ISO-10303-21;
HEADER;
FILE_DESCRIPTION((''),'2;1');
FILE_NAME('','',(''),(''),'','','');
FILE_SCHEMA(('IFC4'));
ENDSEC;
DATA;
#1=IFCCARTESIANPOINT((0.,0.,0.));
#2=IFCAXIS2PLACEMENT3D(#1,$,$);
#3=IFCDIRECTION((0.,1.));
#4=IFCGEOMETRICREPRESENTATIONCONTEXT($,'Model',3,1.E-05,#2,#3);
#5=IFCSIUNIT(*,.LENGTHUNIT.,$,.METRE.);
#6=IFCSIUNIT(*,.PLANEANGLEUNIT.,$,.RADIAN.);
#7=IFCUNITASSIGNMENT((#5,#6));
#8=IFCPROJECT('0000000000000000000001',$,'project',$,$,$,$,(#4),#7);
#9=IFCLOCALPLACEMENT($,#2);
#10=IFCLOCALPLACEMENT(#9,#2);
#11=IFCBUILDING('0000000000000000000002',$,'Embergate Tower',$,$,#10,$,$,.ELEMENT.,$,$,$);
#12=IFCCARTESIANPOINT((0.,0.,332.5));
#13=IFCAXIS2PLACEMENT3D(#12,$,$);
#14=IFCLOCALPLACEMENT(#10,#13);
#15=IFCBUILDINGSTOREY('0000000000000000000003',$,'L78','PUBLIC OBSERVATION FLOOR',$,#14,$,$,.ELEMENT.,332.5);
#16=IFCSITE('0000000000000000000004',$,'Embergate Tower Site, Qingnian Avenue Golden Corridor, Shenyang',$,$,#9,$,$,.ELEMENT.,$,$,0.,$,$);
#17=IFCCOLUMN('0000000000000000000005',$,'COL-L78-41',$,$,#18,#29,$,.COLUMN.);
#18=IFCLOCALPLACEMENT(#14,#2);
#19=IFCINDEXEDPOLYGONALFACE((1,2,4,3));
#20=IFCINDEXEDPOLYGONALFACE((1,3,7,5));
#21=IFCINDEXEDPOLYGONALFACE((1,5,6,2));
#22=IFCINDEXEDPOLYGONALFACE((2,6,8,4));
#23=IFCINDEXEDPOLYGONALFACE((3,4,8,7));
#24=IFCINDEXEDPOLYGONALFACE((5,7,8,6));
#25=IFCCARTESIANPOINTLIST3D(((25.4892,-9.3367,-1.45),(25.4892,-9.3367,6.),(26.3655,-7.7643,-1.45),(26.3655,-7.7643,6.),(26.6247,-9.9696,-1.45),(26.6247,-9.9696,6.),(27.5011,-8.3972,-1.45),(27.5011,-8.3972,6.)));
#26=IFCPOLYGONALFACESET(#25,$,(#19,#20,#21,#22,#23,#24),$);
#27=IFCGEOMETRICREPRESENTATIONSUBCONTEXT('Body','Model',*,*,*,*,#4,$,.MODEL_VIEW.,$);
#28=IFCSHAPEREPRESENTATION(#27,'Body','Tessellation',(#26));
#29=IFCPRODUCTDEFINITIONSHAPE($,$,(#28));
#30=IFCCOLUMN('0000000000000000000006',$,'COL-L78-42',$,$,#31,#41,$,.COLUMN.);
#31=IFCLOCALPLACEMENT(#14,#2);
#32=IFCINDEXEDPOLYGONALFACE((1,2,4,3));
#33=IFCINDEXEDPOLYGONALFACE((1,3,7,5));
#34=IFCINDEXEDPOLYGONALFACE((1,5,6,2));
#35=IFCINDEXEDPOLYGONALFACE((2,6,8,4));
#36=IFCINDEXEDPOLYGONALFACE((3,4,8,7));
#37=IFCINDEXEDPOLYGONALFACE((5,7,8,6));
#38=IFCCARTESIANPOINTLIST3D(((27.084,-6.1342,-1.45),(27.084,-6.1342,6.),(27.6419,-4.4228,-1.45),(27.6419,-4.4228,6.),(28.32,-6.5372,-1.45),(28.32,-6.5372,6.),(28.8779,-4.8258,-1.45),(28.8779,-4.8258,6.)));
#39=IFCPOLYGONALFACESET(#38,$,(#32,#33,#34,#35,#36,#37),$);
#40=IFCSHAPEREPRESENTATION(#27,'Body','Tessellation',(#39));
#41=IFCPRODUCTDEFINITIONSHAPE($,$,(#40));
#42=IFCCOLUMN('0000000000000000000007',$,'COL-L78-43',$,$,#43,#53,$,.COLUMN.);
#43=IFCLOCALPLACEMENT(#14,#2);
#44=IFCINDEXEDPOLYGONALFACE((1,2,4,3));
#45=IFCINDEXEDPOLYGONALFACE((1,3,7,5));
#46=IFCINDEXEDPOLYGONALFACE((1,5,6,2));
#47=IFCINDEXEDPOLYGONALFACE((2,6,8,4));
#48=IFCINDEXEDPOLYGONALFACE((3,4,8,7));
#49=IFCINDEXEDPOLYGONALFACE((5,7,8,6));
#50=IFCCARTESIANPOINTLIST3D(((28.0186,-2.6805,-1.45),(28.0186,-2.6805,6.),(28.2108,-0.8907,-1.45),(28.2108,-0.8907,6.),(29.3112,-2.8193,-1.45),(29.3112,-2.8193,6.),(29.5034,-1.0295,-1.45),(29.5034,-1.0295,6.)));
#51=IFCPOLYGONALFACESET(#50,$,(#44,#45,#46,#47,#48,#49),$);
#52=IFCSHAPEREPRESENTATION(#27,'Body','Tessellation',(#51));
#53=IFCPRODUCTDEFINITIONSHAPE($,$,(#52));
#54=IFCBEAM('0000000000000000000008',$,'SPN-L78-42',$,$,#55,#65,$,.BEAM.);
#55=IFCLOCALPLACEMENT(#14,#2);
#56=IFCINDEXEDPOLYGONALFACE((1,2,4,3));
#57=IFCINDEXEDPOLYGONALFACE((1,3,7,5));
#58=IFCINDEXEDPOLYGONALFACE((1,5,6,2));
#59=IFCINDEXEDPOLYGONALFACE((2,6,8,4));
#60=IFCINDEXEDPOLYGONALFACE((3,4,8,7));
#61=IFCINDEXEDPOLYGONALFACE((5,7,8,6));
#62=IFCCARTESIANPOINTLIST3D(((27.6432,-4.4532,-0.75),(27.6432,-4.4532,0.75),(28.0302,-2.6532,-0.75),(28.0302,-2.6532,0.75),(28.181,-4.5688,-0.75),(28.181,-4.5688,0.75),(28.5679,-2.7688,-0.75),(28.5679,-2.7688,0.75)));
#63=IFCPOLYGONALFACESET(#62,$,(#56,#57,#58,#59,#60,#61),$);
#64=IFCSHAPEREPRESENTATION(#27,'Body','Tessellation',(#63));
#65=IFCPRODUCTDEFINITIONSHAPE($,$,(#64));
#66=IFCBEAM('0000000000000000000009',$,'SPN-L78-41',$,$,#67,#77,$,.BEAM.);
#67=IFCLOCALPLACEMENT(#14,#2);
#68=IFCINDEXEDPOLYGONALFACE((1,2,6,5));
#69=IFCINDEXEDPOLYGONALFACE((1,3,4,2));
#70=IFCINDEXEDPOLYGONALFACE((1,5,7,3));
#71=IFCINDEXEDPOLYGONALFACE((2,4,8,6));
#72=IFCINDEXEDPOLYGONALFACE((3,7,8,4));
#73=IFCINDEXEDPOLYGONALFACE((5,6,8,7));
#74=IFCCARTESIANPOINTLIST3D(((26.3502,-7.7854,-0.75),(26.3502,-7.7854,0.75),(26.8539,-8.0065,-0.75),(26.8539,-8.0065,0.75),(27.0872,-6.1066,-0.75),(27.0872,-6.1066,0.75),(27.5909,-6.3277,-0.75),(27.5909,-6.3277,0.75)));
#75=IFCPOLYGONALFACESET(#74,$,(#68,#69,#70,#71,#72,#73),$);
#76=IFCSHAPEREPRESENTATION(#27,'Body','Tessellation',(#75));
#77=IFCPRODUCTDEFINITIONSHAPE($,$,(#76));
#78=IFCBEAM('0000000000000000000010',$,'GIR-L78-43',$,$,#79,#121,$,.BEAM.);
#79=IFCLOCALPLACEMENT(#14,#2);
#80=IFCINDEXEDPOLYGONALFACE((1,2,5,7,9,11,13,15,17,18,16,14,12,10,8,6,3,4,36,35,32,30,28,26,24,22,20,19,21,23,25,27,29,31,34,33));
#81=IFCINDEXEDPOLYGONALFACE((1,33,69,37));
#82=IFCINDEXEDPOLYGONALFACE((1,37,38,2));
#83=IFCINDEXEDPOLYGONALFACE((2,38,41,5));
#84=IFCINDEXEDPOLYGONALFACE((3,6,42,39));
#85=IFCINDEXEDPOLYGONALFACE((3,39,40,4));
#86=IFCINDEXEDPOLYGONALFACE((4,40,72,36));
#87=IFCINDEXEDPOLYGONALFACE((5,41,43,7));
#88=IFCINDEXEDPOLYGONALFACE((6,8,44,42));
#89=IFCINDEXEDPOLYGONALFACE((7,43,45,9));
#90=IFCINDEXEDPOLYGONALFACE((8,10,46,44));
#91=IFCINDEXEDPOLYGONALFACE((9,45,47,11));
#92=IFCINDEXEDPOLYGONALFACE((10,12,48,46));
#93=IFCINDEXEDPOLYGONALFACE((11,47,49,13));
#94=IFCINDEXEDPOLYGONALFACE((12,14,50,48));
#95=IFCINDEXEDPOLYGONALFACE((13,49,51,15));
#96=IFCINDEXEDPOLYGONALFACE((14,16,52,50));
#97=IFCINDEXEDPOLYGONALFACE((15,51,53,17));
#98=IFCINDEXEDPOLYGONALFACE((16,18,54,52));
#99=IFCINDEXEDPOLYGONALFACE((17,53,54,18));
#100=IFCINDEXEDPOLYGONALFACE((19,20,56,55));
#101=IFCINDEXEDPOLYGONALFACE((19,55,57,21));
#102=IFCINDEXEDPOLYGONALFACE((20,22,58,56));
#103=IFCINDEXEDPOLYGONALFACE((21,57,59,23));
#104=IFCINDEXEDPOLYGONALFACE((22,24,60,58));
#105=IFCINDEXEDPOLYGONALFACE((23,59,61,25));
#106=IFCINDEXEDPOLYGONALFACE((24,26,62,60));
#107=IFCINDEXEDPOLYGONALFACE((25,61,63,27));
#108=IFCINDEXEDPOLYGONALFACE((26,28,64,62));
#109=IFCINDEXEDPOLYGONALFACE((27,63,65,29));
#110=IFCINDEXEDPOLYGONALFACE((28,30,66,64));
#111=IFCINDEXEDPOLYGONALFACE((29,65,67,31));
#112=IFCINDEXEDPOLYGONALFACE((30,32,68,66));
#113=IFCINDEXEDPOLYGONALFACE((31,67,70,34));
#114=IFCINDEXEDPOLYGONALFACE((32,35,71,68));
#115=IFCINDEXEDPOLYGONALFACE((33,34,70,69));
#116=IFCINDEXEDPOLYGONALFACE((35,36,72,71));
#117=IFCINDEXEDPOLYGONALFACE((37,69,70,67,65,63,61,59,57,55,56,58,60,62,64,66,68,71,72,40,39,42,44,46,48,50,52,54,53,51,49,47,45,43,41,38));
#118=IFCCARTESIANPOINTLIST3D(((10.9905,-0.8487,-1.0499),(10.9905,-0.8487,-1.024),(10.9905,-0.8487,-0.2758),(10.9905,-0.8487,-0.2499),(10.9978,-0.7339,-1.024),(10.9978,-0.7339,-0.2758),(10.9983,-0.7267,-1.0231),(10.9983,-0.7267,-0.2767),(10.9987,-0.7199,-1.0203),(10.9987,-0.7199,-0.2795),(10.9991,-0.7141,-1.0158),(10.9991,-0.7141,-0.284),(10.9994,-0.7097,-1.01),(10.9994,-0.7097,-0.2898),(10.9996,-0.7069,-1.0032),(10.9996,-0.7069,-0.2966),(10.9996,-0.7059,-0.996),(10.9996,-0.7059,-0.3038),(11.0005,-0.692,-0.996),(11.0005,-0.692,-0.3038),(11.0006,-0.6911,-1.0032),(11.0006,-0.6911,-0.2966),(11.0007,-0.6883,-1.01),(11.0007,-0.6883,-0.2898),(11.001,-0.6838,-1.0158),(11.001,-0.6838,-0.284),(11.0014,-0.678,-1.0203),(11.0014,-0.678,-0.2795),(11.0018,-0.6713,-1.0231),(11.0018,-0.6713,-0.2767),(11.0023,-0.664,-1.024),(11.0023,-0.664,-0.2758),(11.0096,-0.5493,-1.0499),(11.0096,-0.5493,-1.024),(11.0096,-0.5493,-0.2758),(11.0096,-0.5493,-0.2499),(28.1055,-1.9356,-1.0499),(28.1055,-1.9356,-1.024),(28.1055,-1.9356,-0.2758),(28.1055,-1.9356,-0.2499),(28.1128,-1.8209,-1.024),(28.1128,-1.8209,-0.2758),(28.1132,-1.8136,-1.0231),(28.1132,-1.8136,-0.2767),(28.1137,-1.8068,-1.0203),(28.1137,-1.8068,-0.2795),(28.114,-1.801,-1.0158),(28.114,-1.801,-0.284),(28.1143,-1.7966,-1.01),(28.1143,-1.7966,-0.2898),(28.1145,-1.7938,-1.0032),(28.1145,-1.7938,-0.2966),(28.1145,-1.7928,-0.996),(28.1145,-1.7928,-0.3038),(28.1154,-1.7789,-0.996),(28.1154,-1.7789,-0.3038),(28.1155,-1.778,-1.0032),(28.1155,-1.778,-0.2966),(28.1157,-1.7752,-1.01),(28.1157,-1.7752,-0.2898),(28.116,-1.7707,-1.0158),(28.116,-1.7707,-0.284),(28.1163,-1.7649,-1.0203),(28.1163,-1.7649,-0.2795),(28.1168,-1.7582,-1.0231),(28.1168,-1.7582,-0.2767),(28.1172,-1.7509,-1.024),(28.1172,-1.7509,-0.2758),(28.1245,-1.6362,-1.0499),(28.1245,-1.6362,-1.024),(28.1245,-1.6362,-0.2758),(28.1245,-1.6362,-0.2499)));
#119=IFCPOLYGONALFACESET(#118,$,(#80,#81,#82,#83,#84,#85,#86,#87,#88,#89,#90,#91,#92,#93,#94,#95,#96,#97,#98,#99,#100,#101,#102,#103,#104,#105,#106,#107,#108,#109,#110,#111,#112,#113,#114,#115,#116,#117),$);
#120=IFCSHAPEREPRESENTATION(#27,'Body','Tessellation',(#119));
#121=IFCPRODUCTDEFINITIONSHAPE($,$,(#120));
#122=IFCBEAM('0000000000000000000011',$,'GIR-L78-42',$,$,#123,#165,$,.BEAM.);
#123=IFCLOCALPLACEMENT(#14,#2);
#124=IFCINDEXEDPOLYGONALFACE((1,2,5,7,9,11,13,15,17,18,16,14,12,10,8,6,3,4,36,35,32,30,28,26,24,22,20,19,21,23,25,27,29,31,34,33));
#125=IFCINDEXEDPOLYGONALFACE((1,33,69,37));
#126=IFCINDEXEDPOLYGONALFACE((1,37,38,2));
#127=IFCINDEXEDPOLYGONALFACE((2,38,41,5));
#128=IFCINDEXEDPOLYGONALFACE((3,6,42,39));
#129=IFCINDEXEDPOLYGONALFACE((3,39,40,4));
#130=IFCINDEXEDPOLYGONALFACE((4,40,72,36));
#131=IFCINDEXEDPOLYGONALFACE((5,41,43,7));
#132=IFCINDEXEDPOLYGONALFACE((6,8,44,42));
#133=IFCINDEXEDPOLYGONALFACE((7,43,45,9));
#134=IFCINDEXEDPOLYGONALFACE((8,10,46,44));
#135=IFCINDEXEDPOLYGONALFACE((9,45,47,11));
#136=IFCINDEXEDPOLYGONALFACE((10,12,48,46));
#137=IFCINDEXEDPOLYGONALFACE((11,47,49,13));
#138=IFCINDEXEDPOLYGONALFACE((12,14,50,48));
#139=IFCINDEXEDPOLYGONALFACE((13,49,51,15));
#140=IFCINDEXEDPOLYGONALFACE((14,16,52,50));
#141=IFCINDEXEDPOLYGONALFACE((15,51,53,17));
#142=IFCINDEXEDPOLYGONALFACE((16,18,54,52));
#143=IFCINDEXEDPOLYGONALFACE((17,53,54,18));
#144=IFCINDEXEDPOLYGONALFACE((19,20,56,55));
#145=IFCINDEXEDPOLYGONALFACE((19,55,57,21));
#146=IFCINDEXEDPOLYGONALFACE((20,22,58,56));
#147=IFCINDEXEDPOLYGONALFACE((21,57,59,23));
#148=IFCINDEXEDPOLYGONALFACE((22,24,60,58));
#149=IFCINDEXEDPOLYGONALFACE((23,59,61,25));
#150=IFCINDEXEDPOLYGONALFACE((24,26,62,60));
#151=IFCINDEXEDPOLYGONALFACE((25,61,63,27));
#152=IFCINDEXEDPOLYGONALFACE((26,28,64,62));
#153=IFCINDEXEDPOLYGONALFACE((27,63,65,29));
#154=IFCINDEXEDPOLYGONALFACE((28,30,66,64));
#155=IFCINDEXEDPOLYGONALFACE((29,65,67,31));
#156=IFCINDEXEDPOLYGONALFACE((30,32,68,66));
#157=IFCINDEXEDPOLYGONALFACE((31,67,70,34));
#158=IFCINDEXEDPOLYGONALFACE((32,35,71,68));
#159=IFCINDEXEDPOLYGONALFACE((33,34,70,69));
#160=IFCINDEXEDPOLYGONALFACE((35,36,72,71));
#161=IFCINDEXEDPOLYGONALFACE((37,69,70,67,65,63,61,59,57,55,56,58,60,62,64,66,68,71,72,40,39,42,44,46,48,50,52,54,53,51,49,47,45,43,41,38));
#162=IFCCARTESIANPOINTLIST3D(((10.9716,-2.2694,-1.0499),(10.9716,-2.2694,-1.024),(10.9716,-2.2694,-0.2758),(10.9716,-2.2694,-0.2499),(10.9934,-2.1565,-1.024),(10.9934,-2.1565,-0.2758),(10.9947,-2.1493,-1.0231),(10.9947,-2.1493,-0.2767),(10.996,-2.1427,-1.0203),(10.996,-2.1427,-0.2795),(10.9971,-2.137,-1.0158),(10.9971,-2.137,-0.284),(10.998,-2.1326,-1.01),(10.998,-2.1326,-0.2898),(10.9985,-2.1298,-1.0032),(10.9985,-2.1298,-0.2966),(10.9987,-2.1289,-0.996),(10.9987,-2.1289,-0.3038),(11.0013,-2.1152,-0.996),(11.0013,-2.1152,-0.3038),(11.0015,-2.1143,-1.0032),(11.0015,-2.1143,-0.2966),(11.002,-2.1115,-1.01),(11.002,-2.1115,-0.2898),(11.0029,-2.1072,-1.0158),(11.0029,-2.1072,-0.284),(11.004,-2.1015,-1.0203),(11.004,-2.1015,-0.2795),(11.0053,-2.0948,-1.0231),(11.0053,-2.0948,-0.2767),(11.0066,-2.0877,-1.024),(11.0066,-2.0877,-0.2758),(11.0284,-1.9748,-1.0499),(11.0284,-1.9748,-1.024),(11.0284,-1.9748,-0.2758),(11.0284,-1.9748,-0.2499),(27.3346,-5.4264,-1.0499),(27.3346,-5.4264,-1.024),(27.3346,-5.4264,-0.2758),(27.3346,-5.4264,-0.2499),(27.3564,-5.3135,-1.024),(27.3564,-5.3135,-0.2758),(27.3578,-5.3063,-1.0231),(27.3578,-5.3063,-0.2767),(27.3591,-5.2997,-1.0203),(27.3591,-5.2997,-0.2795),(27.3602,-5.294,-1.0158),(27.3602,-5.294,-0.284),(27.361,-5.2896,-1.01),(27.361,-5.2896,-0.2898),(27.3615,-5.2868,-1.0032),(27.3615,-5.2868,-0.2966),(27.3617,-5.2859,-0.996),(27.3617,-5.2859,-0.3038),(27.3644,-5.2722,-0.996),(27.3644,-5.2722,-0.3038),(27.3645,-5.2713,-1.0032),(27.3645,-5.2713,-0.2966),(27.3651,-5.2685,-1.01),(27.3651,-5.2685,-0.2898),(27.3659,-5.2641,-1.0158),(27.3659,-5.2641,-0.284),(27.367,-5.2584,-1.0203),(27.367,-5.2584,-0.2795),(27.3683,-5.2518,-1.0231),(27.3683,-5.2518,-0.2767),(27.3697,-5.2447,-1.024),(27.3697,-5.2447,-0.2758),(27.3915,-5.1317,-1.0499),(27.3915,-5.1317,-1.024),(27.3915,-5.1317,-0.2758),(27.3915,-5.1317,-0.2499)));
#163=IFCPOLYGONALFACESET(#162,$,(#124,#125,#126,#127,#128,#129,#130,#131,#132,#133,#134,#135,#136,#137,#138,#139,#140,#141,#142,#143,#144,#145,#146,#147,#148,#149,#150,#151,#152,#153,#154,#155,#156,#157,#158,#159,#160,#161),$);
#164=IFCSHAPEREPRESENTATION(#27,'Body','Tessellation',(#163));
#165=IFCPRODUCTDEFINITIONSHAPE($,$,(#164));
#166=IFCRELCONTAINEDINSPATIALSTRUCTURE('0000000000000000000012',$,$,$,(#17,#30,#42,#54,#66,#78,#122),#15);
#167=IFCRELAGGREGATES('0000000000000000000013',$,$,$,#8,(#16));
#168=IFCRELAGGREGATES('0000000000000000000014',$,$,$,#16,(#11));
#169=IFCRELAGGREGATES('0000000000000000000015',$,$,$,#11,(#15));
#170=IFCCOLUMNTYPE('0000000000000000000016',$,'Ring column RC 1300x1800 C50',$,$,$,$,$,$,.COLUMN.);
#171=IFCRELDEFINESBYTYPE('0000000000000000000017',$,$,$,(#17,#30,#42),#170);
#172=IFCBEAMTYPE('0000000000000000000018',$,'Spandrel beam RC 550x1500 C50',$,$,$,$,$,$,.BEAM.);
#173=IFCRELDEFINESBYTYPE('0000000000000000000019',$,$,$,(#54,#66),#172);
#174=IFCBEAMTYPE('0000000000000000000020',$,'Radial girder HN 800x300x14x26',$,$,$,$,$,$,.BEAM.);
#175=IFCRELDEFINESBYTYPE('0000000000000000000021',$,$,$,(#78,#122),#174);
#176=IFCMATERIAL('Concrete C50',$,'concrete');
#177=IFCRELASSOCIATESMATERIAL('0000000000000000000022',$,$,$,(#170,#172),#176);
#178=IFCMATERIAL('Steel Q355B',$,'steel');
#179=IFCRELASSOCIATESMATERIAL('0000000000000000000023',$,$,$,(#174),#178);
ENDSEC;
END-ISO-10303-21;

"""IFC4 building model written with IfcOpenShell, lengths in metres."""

from ifc_helpers import new_model, si_unit, direction, frame, origin, origin_2d, place, context, subcontext, project, spatial, rectangle, i_section, extrude, source, transform, mapped, material, material_profile, profile_set, type_object, element, save


model = new_model("IFC4")

# Units and contexts
model_context = context("Model", 3, precision=1e-05, world=origin(), true_north=direction((0.0, 1.0)))
body_context = subcontext(model_context, "Body", "Model", "MODEL_VIEW")
ifc_project = project(units=[si_unit("LENGTHUNIT", "METRE"), si_unit("PLANEANGLEUNIT", "RADIAN")], contexts=[model_context])

# Site, building, storey
site_placement = place(None, origin())
site = spatial("IfcSite", under=ifc_project, at=site_placement, Name="Embergate Tower Site, Qingnian Avenue Golden Corridor, Shenyang", CompositionType="ELEMENT", RefElevation=0.0)
building_placement = place(site_placement, origin())
building = spatial("IfcBuilding", under=site, at=building_placement, Name="Embergate Tower", CompositionType="ELEMENT")
storey_placement = place(building_placement, frame((0.0, 0.0, 332.5)))
storey = spatial("IfcBuildingStorey", under=building, at=storey_placement, Name="L78", Description="PUBLIC OBSERVATION FLOOR", CompositionType="ELEMENT", Elevation=332.5)

# Columns
ifc_material_1 = material(Name="Concrete C50", Category="concrete")
ifc_material_profile_1 = material_profile(ifc_material_1, rectangle(XDim=1.3, YDim=1.8, at=origin_2d()), Name="RC 1300x1800")
ifc_profile_set_1 = profile_set([ifc_material_profile_1], Name="Concrete C50")
column_type = type_object("IfcColumnType", Name="Ring column RC 1300x1800 C50", PredefinedType="COLUMN", material=ifc_profile_set_1)
shared_shape_1 = source(origin(), body_context, "Body", "SweptSolid", [
    extrude(rectangle(XDim=1.3, YDim=1.8, at=origin_2d()), origin(), (0.0, 0.0, 1.0), 7.45),
])
for number, where, z_axis, x_axis, name in (
    (1, (26.4951, -8.8669, -1.45), (0.0, 0.0, 1.0), (0.873492, -0.486839, 0.0), "COL-L78-41"),
    (2, (27.981, -5.48, -1.45), (0.0, 0.0, 1.0), (0.950754, -0.309946, 0.0), "COL-L78-42"),
    (3, (28.761, -1.855, -1.45), (0.0, 0.0, 1.0), (0.994286, -0.10675, 0.0), "COL-L78-43"),
):
    element("IfcColumn", number, at=place(storey_placement, frame(where, z_axis=z_axis, x_axis=x_axis)), inside=storey, type_object=column_type, Name=name, PredefinedType="COLUMN", context=body_context, shape_type="MappedRepresentation", body=[
        mapped(shared_shape_1, transform((0.0, 0.0, 0.0))),
    ])

# Beams
ifc_material_profile_2 = material_profile(ifc_material_1, rectangle(XDim=0.55, YDim=1.5, at=origin_2d()), Name="RC 550x1500")
ifc_profile_set_2 = profile_set([ifc_material_profile_2], Name="Concrete C50")
beam_type_1 = type_object("IfcBeamType", Name="Spandrel beam RC 550x1500 C50", PredefinedType="BEAM", material=ifc_profile_set_2)
shared_shape_2 = source(origin(), body_context, "Body", "SweptSolid", [
    extrude(rectangle(XDim=0.55, YDim=1.5, at=origin_2d()), origin(), (0.0, 0.0, 1.0), 1.8411),
])
beam_1_placement = place(storey_placement, frame((27.9121, -4.511, 0.0), z_axis=(0.210172, 0.977664, 0.0), x_axis=(-0.977664, 0.210172, 0.0)))
element("IfcBeam", 4, at=beam_1_placement, inside=storey, type_object=beam_type_1, Name="SPN-L78-42", PredefinedType="BEAM", context=body_context, shape_type="MappedRepresentation", body=[
    mapped(shared_shape_2, transform((0.0, 0.0, 0.0))),
])
shared_shape_3 = source(origin(), body_context, "Body", "SweptSolid", [
    extrude(rectangle(XDim=0.55, YDim=1.5, at=origin_2d()), origin(), (0.0, 0.0, 1.0), 1.8335),
])
beam_2_placement = place(storey_placement, frame((26.6021, -7.896, 0.0), z_axis=(0.401971, 0.915652, 0.0), x_axis=(-0.915652, 0.401971, 0.0)))
element("IfcBeam", 5, at=beam_2_placement, inside=storey, type_object=beam_type_1, Name="SPN-L78-41", PredefinedType="BEAM", context=body_context, shape_type="MappedRepresentation", body=[
    mapped(shared_shape_3, transform((0.0, 0.0, 0.0))),
])
ifc_material_2 = material(Name="Steel Q355B", Category="steel")
ifc_material_profile_3 = material_profile(ifc_material_2, i_section(OverallWidth=0.3, OverallDepth=0.8, WebThickness=0.0139, FlangeThickness=0.0259, FilletRadius=0.0281, at=origin_2d()), Name="HN 800x300x14x26")
ifc_profile_set_3 = profile_set([ifc_material_profile_3], Name="Steel Q355 grade B")
beam_type_2 = type_object("IfcBeamType", Name="Radial girder HN 800x300x14x26", PredefinedType="BEAM", material=ifc_profile_set_3)
shared_shape_4 = source(origin(), body_context, "Body", "SweptSolid", [
    extrude(i_section(OverallWidth=0.3, OverallDepth=0.8, WebThickness=0.0139, FlangeThickness=0.0259, FilletRadius=0.0281, at=origin_2d()), origin(), (0.0, 0.0, 1.0), 17.1494),
])
beam_3_placement = place(storey_placement, frame((28.115, -1.7859, -0.6499), z_axis=(-0.99799, 0.063379, 0.0), x_axis=(-0.063379, -0.99799, 0.0)))
element("IfcBeam", 6, at=beam_3_placement, inside=storey, type_object=beam_type_2, Name="GIR-L78-43", PredefinedType="BEAM", context=body_context, shape_type="MappedRepresentation", body=[
    mapped(shared_shape_4, transform((0.0, 0.0, 0.0))),
])
shared_shape_5 = source(origin(), body_context, "Body", "SweptSolid", [
    extrude(i_section(OverallWidth=0.3, OverallDepth=0.8, WebThickness=0.0139, FlangeThickness=0.0259, FilletRadius=0.0281, at=origin_2d()), origin(), (0.0, 0.0, 1.0), 16.6648),
])
beam_4_placement = place(storey_placement, frame((27.363, -5.2791, -0.6499), z_axis=(-0.981892, 0.18944, 0.0), x_axis=(-0.18944, -0.981892, 0.0)))
element("IfcBeam", 7, at=beam_4_placement, inside=storey, type_object=beam_type_2, Name="GIR-L78-42", PredefinedType="BEAM", context=body_context, shape_type="MappedRepresentation", body=[
    mapped(shared_shape_5, transform((0.0, 0.0, 0.0))),
])

save(model, "model.ifc")
